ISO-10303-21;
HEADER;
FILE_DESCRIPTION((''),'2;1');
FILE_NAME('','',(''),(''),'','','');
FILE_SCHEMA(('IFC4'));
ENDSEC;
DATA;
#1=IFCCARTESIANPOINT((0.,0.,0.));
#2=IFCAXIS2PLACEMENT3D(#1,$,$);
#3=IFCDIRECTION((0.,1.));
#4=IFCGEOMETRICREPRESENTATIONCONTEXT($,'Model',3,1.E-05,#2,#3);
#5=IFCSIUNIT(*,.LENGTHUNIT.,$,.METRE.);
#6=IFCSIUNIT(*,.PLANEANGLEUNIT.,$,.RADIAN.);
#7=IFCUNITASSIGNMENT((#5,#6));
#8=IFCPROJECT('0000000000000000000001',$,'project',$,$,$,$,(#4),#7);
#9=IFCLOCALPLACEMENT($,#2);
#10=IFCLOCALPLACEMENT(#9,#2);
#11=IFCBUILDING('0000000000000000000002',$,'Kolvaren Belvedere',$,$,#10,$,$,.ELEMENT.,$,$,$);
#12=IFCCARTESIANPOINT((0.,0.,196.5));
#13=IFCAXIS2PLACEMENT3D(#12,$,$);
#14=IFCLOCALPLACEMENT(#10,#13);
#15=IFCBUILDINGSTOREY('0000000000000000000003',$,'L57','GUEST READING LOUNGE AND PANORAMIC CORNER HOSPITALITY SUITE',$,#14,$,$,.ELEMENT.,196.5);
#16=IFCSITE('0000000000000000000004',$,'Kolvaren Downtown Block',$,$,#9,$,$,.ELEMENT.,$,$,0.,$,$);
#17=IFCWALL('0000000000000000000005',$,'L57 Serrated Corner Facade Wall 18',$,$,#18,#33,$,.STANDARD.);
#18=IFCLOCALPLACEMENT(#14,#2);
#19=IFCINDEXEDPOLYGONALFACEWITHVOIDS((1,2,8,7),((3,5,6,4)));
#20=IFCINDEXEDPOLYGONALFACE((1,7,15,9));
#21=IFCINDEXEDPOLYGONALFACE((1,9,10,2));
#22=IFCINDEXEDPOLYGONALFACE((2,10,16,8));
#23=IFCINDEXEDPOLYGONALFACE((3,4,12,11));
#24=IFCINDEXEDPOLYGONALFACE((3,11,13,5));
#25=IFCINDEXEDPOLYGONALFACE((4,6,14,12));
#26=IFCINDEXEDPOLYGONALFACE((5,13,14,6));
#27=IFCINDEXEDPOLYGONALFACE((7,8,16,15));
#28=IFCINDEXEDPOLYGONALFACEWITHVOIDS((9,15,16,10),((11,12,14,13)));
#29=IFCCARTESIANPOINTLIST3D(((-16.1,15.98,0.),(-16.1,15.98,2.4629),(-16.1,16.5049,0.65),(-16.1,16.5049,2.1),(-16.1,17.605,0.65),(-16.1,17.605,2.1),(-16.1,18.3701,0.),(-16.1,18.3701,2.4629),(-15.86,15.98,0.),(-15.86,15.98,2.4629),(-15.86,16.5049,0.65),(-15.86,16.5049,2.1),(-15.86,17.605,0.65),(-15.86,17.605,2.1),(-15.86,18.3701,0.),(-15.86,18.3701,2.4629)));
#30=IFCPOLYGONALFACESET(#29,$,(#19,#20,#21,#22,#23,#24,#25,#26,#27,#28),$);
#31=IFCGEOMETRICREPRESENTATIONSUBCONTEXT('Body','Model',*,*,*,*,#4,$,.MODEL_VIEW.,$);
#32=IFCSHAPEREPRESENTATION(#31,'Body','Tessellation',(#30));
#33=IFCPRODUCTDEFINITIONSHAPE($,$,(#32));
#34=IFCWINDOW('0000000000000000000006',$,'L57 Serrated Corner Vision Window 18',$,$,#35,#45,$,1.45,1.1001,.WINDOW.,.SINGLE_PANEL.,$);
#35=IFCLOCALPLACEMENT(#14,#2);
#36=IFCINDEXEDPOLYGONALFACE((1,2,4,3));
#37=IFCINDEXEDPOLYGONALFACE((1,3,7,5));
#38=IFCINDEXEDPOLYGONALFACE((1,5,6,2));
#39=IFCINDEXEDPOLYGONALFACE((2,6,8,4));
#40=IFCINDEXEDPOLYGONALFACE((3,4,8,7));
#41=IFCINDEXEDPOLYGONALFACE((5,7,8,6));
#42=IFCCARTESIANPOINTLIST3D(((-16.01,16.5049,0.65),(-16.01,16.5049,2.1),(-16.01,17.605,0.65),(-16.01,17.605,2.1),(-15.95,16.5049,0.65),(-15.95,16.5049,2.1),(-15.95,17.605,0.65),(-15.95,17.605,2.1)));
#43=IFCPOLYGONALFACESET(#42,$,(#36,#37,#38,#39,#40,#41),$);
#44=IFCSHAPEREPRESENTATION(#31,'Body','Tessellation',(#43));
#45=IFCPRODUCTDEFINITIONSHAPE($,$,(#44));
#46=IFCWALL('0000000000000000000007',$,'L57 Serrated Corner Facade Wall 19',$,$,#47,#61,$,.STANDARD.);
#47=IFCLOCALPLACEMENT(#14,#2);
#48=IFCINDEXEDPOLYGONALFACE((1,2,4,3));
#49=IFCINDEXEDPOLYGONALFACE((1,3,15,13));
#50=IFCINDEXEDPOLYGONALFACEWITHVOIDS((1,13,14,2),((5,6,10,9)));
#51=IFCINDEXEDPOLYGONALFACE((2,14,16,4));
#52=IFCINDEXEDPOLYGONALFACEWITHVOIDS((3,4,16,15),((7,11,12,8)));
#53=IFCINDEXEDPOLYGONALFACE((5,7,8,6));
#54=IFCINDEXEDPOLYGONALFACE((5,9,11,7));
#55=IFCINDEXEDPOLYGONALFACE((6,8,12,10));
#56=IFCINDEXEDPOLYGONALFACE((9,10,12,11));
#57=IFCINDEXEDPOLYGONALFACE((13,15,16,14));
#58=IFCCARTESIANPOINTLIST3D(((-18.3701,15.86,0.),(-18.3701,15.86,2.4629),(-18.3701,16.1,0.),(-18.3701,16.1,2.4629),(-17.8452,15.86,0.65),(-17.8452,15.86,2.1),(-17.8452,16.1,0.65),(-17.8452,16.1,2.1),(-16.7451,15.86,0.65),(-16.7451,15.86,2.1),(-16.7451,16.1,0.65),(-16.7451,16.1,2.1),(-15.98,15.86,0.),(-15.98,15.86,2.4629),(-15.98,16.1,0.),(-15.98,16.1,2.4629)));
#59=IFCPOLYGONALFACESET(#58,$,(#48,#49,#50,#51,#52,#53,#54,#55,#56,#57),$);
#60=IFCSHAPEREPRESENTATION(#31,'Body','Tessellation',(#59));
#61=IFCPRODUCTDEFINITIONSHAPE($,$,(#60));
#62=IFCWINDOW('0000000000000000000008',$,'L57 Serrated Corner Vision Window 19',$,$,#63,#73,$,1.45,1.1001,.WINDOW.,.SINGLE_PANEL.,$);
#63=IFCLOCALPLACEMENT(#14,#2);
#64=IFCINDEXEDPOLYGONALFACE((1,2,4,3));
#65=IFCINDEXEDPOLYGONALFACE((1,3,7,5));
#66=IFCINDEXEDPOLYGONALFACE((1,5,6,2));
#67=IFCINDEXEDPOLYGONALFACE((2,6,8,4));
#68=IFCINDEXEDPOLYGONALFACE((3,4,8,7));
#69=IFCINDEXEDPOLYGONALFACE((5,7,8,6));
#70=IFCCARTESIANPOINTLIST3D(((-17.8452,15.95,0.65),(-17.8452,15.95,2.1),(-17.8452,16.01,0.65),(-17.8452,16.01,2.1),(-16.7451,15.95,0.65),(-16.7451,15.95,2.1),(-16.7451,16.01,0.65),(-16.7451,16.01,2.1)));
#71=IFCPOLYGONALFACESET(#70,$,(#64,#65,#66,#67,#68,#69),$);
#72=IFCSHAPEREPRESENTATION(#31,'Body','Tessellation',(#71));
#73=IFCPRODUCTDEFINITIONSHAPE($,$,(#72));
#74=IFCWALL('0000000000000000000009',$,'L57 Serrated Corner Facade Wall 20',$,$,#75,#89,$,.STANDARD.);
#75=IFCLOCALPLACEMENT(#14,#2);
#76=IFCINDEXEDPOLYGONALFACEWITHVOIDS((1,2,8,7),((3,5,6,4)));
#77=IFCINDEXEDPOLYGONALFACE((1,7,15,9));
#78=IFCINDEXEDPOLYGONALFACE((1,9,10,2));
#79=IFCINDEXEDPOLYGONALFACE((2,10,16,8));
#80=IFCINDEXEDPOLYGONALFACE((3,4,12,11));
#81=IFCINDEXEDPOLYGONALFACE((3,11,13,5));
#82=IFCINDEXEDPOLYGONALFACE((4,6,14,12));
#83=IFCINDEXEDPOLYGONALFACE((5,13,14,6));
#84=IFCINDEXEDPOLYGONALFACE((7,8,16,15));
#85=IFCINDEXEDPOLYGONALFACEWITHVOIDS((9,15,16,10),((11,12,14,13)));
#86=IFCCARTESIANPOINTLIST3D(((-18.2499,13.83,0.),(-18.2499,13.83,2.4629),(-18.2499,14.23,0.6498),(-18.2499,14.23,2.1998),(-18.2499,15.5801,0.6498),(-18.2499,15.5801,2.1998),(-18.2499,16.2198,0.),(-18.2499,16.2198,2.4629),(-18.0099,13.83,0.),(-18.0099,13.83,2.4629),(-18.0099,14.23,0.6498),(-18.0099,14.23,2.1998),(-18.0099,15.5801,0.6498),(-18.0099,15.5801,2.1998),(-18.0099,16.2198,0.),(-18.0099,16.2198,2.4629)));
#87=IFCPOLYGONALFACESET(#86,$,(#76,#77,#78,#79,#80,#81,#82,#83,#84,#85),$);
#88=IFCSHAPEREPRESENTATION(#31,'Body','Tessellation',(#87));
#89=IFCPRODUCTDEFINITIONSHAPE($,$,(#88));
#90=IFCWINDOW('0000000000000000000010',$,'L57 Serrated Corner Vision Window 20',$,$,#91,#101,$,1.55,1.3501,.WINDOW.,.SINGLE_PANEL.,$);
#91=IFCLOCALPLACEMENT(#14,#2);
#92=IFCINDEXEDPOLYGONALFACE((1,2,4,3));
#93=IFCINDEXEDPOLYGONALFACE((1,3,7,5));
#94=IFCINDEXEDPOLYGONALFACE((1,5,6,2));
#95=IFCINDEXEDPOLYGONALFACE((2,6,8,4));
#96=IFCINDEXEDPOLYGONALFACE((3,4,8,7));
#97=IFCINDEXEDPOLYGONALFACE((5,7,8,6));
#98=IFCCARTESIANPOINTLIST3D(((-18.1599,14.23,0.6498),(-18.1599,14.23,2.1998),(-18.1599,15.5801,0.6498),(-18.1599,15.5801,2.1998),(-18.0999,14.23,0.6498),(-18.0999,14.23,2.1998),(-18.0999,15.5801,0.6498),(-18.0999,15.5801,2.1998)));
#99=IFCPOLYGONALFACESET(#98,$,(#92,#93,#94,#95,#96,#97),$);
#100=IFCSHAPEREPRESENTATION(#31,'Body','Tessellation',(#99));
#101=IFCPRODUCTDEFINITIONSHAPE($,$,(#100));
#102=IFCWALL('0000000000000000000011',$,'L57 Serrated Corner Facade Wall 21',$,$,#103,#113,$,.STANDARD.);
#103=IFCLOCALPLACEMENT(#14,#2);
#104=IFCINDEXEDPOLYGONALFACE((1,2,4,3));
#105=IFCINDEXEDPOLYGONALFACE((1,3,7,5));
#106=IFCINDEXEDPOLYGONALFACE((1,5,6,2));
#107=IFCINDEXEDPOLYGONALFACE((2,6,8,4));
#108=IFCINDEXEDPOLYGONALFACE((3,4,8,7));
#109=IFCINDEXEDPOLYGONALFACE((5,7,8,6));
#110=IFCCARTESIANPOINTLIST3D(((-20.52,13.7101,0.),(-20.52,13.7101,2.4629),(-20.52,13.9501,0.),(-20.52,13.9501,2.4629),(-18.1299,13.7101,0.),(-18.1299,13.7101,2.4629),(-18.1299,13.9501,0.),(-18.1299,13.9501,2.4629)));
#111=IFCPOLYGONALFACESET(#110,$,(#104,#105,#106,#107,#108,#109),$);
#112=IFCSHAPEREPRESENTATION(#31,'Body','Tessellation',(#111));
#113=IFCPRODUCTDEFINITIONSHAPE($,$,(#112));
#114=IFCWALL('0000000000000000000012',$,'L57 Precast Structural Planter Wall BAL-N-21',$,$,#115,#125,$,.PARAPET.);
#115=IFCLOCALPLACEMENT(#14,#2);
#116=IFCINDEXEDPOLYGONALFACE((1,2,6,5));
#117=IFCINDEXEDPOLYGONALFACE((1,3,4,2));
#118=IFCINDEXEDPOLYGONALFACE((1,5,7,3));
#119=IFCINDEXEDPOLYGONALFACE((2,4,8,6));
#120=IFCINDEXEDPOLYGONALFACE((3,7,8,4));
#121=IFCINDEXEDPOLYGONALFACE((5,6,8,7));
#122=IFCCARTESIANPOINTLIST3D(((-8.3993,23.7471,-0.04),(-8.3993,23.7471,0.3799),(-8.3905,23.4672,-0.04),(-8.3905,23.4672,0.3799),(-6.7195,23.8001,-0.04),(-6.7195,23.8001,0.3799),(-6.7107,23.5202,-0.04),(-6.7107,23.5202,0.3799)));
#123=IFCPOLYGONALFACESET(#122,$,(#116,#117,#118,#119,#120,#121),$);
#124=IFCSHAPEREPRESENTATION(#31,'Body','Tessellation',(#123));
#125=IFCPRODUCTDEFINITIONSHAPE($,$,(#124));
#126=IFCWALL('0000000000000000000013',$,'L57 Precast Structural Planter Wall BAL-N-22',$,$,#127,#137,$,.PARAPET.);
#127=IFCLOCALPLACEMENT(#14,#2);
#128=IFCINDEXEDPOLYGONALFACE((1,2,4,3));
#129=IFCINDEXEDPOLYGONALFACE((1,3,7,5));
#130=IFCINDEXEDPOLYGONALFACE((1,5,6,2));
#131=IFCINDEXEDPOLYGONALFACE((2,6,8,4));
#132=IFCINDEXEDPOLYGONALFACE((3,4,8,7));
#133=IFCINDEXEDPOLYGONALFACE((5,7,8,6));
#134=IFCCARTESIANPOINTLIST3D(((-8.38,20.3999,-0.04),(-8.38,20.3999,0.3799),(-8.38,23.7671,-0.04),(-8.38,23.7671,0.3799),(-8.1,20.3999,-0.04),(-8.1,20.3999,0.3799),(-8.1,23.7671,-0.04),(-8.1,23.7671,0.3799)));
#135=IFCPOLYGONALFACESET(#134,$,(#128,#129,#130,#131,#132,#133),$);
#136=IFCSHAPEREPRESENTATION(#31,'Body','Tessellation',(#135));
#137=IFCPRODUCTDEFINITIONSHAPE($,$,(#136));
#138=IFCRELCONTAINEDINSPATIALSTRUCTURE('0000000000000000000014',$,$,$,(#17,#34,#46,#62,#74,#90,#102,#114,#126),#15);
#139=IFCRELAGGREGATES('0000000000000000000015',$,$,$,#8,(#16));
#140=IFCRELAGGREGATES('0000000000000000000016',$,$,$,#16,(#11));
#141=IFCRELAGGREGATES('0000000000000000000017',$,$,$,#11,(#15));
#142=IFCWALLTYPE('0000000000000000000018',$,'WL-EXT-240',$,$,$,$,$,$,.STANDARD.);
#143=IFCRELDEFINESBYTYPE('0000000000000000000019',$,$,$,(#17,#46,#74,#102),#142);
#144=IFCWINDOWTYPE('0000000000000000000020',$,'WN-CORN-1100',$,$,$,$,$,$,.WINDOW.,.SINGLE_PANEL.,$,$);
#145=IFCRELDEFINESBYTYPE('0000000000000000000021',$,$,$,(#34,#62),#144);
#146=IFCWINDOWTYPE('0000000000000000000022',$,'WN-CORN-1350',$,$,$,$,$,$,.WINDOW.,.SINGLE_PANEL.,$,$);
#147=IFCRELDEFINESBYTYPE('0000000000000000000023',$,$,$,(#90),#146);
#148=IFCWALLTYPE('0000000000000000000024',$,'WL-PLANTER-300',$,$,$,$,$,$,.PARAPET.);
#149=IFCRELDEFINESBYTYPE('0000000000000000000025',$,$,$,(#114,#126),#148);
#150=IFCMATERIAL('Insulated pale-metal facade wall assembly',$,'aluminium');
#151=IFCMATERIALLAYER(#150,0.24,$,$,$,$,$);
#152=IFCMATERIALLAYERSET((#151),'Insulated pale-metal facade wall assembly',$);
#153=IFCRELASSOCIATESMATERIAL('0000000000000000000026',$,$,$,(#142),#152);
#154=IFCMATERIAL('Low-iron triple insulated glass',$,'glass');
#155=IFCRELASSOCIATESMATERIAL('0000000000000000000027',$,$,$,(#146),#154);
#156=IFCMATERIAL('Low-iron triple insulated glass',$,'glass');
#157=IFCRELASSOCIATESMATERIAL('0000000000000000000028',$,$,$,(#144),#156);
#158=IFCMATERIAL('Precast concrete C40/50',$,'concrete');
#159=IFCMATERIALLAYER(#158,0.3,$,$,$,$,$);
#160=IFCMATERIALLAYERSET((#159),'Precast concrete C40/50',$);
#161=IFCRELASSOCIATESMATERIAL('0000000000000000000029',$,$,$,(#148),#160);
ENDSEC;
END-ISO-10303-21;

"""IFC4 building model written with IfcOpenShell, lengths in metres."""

from ifc_helpers import new_model, si_unit, direction, frame, frame_2d, origin, place, context, subcontext, project, spatial, rectangle, extrude, material, layer, layer_set, type_object, element, fill, save


model = new_model("IFC4")

# Units and contexts
model_context = context("Model", 3, precision=1e-05, world=origin(), true_north=direction((0.0, 1.0)))
body_context = subcontext(model_context, "Body", "Model", "MODEL_VIEW")
ifc_project = project(units=[si_unit("LENGTHUNIT", "METRE"), si_unit("PLANEANGLEUNIT", "RADIAN")], contexts=[model_context])

# Site, building, storey
site_placement = place(None, origin())
site = spatial("IfcSite", under=ifc_project, at=site_placement, Name="Kolvaren Downtown Block", CompositionType="ELEMENT", RefElevation=0.0)
building_placement = place(site_placement, origin())
building = spatial("IfcBuilding", under=site, at=building_placement, Name="Kolvaren Belvedere", CompositionType="ELEMENT")
storey_placement = place(building_placement, frame((0.0, 0.0, 196.5)))
storey = spatial("IfcBuildingStorey", under=building, at=storey_placement, Name="L57", Description="GUEST READING LOUNGE AND PANORAMIC CORNER HOSPITALITY SUITE", CompositionType="ELEMENT", Elevation=196.5)

# Shared definitions
ifc_material_1 = material(Name="Insulated pale-metal facade wall assembly", Category="aluminium")
ifc_layer_1 = layer(ifc_material_1, 0.24)
ifc_layer_set_1 = layer_set([ifc_layer_1], Name="Insulated pale-metal facade wall assembly")
wall_type_1 = type_object("IfcWallType", Name="WL-EXT-240", PredefinedType="STANDARD", material=ifc_layer_set_1)

# Walls, openings, windows
ifc_material_2 = material(Name="Low-iron triple insulated glass", Category="glass")
window_type_1 = type_object("IfcWindowType", Name="WN-CORN-1350", PartitioningType="SINGLE_PANEL", PredefinedType="WINDOW", material=ifc_material_2)
wall_1_placement = place(storey_placement, frame((-15.98, 15.98, 0.0), z_axis=(0.0, 0.0, 1.0), x_axis=(0.0, 1.0, 0.0)))
wall_1 = element("IfcWall", 1, at=wall_1_placement, inside=storey, type_object=wall_type_1, Name="L57 Serrated Corner Facade Wall 18", PredefinedType="STANDARD", context=body_context, shape_type="SweptSolid", body=[
    extrude(rectangle(XDim=2.3901, YDim=0.24, at=frame_2d((1.1951, 0.0))), origin(), (0.0, 0.0, 1.0), 2.4629),
])
opening_1_placement = place(wall_1_placement, frame((0.5249, 0.0, 0.6499)))
opening_1 = element("IfcOpeningElement", 2, at=opening_1_placement, cuts=wall_1, PredefinedType="OPENING", context=body_context, shape_type="SweptSolid", body=[
    extrude(rectangle(XDim=1.1001, YDim=1.45, at=frame_2d((0.55, 0.7251))), frame((0.0, 0.1299, 0.0), z_axis=(0.0, -1.0, 0.0), x_axis=(1.0, 0.0, 0.0)), (0.0, 0.0, 1.0), 0.26),
])
ifc_material_3 = material(Name="Low-iron triple insulated glass", Category="glass")
window_type_2 = type_object("IfcWindowType", Name="WN-CORN-1100", PartitioningType="SINGLE_PANEL", PredefinedType="WINDOW", material=ifc_material_3)
window_1_placement = place(opening_1_placement, origin())
window_1 = element("IfcWindow", 3, at=window_1_placement, inside=storey, type_object=window_type_2, Name="L57 Serrated Corner Vision Window 18", OverallHeight=1.45, OverallWidth=1.1001, PartitioningType="SINGLE_PANEL", PredefinedType="WINDOW", context=body_context, shape_type="SweptSolid", body=[
    extrude(rectangle(XDim=1.1001, YDim=1.45, at=frame_2d((0.55, 0.7251))), frame((0.0, 0.03, 0.0), z_axis=(0.0, -1.0, 0.0), x_axis=(1.0, 0.0, 0.0)), (0.0, 0.0, 1.0), 0.0601),
])
fill(opening_1, window_1)
wall_2_placement = place(storey_placement, frame((-18.3701, 15.98, 0.0), z_axis=(0.0, 0.0, 1.0), x_axis=(1.0, 0.0, 0.0)))
wall_2 = element("IfcWall", 4, at=wall_2_placement, inside=storey, type_object=wall_type_1, Name="L57 Serrated Corner Facade Wall 19", PredefinedType="STANDARD", context=body_context, shape_type="SweptSolid", body=[
    extrude(rectangle(XDim=2.3901, YDim=0.24, at=frame_2d((1.1951, 0.0))), origin(), (0.0, 0.0, 1.0), 2.4629),
])
opening_2_placement = place(wall_2_placement, frame((0.5249, 0.0, 0.6499)))
opening_2 = element("IfcOpeningElement", 5, at=opening_2_placement, cuts=wall_2, PredefinedType="OPENING", context=body_context, shape_type="SweptSolid", body=[
    extrude(rectangle(XDim=1.1001, YDim=1.45, at=frame_2d((0.55, 0.7251))), frame((0.0, 0.1299, 0.0), z_axis=(0.0, -1.0, 0.0), x_axis=(1.0, 0.0, 0.0)), (0.0, 0.0, 1.0), 0.26),
])
window_2_placement = place(opening_2_placement, origin())
window_2 = element("IfcWindow", 6, at=window_2_placement, inside=storey, type_object=window_type_2, Name="L57 Serrated Corner Vision Window 19", OverallHeight=1.45, OverallWidth=1.1001, PartitioningType="SINGLE_PANEL", PredefinedType="WINDOW", context=body_context, shape_type="SweptSolid", body=[
    extrude(rectangle(XDim=1.1001, YDim=1.45, at=frame_2d((0.55, 0.7251))), frame((0.0, 0.03, 0.0), z_axis=(0.0, -1.0, 0.0), x_axis=(1.0, 0.0, 0.0)), (0.0, 0.0, 1.0), 0.0601),
])
fill(opening_2, window_2)
wall_3_placement = place(storey_placement, frame((-18.1299, 13.8301, 0.0), z_axis=(0.0, 0.0, 1.0), x_axis=(0.0, 1.0, 0.0)))
wall_3 = element("IfcWall", 7, at=wall_3_placement, inside=storey, type_object=wall_type_1, Name="L57 Serrated Corner Facade Wall 20", PredefinedType="STANDARD", context=body_context, shape_type="SweptSolid", body=[
    extrude(rectangle(XDim=2.3899, YDim=0.24, at=frame_2d((1.1948, 0.0))), origin(), (0.0, 0.0, 1.0), 2.4629),
])
opening_3_placement = place(wall_3_placement, frame((0.3999, 0.0, 0.6499)))
opening_3 = element("IfcOpeningElement", 8, at=opening_3_placement, cuts=wall_3, PredefinedType="OPENING", context=body_context, shape_type="SweptSolid", body=[
    extrude(rectangle(XDim=1.3501, YDim=1.55, at=frame_2d((0.675, 0.7749))), frame((0.0, 0.1299, 0.0), z_axis=(0.0, -1.0, 0.0), x_axis=(1.0, 0.0, 0.0)), (0.0, 0.0, 1.0), 0.26),
])
window_3_placement = place(opening_3_placement, origin())
window_3 = element("IfcWindow", 9, at=window_3_placement, inside=storey, type_object=window_type_1, Name="L57 Serrated Corner Vision Window 20", OverallHeight=1.55, OverallWidth=1.3501, PartitioningType="SINGLE_PANEL", PredefinedType="WINDOW", context=body_context, shape_type="SweptSolid", body=[
    extrude(rectangle(XDim=1.3501, YDim=1.55, at=frame_2d((0.675, 0.7749))), frame((0.0, 0.03, 0.0), z_axis=(0.0, -1.0, 0.0), x_axis=(1.0, 0.0, 0.0)), (0.0, 0.0, 1.0), 0.0601),
])
fill(opening_3, window_3)

# Walls
wall_4_placement = place(storey_placement, frame((-20.52, 13.8301, 0.0), z_axis=(0.0, 0.0, 1.0), x_axis=(1.0, 0.0, 0.0)))
element("IfcWall", 10, at=wall_4_placement, inside=storey, type_object=wall_type_1, Name="L57 Serrated Corner Facade Wall 21", PredefinedType="STANDARD", context=body_context, shape_type="SweptSolid", body=[
    extrude(rectangle(XDim=2.3901, YDim=0.24, at=frame_2d((1.1951, 0.0))), origin(), (0.0, 0.0, 1.0), 2.4629),
])
ifc_material_4 = material(Name="Precast concrete C40/50", Category="concrete")
ifc_layer_2 = layer(ifc_material_4, 0.3)
ifc_layer_set_2 = layer_set([ifc_layer_2], Name="Precast concrete C40/50")
wall_type_2 = type_object("IfcWallType", Name="WL-PLANTER-300", PredefinedType="PARAPET", material=ifc_layer_set_2)
wall_5_placement = place(storey_placement, frame((-6.7151, 23.6602, -0.04), z_axis=(0.0, 0.0, 1.0), x_axis=(-0.999503, -0.03152, 0.0)))
element("IfcWall", 11, at=wall_5_placement, inside=storey, type_object=wall_type_2, Name="L57 Precast Structural Planter Wall BAL-N-21", PredefinedType="PARAPET", context=body_context, shape_type="SweptSolid", body=[
    extrude(rectangle(XDim=1.6807, YDim=0.28, at=frame_2d((0.8403, 0.0))), origin(), (0.0, 0.0, 1.0), 0.4199),
])
wall_6_placement = place(storey_placement, frame((-8.24, 23.7671, -0.04), z_axis=(0.0, 0.0, 1.0), x_axis=(0.0, -1.0, 0.0)))
element("IfcWall", 12, at=wall_6_placement, inside=storey, type_object=wall_type_2, Name="L57 Precast Structural Planter Wall BAL-N-22", PredefinedType="PARAPET", context=body_context, shape_type="SweptSolid", body=[
    extrude(rectangle(XDim=3.3672, YDim=0.28, at=frame_2d((1.6836, 0.0))), origin(), (0.0, 0.0, 1.0), 0.4199),
])

save(model, "model.ifc")
